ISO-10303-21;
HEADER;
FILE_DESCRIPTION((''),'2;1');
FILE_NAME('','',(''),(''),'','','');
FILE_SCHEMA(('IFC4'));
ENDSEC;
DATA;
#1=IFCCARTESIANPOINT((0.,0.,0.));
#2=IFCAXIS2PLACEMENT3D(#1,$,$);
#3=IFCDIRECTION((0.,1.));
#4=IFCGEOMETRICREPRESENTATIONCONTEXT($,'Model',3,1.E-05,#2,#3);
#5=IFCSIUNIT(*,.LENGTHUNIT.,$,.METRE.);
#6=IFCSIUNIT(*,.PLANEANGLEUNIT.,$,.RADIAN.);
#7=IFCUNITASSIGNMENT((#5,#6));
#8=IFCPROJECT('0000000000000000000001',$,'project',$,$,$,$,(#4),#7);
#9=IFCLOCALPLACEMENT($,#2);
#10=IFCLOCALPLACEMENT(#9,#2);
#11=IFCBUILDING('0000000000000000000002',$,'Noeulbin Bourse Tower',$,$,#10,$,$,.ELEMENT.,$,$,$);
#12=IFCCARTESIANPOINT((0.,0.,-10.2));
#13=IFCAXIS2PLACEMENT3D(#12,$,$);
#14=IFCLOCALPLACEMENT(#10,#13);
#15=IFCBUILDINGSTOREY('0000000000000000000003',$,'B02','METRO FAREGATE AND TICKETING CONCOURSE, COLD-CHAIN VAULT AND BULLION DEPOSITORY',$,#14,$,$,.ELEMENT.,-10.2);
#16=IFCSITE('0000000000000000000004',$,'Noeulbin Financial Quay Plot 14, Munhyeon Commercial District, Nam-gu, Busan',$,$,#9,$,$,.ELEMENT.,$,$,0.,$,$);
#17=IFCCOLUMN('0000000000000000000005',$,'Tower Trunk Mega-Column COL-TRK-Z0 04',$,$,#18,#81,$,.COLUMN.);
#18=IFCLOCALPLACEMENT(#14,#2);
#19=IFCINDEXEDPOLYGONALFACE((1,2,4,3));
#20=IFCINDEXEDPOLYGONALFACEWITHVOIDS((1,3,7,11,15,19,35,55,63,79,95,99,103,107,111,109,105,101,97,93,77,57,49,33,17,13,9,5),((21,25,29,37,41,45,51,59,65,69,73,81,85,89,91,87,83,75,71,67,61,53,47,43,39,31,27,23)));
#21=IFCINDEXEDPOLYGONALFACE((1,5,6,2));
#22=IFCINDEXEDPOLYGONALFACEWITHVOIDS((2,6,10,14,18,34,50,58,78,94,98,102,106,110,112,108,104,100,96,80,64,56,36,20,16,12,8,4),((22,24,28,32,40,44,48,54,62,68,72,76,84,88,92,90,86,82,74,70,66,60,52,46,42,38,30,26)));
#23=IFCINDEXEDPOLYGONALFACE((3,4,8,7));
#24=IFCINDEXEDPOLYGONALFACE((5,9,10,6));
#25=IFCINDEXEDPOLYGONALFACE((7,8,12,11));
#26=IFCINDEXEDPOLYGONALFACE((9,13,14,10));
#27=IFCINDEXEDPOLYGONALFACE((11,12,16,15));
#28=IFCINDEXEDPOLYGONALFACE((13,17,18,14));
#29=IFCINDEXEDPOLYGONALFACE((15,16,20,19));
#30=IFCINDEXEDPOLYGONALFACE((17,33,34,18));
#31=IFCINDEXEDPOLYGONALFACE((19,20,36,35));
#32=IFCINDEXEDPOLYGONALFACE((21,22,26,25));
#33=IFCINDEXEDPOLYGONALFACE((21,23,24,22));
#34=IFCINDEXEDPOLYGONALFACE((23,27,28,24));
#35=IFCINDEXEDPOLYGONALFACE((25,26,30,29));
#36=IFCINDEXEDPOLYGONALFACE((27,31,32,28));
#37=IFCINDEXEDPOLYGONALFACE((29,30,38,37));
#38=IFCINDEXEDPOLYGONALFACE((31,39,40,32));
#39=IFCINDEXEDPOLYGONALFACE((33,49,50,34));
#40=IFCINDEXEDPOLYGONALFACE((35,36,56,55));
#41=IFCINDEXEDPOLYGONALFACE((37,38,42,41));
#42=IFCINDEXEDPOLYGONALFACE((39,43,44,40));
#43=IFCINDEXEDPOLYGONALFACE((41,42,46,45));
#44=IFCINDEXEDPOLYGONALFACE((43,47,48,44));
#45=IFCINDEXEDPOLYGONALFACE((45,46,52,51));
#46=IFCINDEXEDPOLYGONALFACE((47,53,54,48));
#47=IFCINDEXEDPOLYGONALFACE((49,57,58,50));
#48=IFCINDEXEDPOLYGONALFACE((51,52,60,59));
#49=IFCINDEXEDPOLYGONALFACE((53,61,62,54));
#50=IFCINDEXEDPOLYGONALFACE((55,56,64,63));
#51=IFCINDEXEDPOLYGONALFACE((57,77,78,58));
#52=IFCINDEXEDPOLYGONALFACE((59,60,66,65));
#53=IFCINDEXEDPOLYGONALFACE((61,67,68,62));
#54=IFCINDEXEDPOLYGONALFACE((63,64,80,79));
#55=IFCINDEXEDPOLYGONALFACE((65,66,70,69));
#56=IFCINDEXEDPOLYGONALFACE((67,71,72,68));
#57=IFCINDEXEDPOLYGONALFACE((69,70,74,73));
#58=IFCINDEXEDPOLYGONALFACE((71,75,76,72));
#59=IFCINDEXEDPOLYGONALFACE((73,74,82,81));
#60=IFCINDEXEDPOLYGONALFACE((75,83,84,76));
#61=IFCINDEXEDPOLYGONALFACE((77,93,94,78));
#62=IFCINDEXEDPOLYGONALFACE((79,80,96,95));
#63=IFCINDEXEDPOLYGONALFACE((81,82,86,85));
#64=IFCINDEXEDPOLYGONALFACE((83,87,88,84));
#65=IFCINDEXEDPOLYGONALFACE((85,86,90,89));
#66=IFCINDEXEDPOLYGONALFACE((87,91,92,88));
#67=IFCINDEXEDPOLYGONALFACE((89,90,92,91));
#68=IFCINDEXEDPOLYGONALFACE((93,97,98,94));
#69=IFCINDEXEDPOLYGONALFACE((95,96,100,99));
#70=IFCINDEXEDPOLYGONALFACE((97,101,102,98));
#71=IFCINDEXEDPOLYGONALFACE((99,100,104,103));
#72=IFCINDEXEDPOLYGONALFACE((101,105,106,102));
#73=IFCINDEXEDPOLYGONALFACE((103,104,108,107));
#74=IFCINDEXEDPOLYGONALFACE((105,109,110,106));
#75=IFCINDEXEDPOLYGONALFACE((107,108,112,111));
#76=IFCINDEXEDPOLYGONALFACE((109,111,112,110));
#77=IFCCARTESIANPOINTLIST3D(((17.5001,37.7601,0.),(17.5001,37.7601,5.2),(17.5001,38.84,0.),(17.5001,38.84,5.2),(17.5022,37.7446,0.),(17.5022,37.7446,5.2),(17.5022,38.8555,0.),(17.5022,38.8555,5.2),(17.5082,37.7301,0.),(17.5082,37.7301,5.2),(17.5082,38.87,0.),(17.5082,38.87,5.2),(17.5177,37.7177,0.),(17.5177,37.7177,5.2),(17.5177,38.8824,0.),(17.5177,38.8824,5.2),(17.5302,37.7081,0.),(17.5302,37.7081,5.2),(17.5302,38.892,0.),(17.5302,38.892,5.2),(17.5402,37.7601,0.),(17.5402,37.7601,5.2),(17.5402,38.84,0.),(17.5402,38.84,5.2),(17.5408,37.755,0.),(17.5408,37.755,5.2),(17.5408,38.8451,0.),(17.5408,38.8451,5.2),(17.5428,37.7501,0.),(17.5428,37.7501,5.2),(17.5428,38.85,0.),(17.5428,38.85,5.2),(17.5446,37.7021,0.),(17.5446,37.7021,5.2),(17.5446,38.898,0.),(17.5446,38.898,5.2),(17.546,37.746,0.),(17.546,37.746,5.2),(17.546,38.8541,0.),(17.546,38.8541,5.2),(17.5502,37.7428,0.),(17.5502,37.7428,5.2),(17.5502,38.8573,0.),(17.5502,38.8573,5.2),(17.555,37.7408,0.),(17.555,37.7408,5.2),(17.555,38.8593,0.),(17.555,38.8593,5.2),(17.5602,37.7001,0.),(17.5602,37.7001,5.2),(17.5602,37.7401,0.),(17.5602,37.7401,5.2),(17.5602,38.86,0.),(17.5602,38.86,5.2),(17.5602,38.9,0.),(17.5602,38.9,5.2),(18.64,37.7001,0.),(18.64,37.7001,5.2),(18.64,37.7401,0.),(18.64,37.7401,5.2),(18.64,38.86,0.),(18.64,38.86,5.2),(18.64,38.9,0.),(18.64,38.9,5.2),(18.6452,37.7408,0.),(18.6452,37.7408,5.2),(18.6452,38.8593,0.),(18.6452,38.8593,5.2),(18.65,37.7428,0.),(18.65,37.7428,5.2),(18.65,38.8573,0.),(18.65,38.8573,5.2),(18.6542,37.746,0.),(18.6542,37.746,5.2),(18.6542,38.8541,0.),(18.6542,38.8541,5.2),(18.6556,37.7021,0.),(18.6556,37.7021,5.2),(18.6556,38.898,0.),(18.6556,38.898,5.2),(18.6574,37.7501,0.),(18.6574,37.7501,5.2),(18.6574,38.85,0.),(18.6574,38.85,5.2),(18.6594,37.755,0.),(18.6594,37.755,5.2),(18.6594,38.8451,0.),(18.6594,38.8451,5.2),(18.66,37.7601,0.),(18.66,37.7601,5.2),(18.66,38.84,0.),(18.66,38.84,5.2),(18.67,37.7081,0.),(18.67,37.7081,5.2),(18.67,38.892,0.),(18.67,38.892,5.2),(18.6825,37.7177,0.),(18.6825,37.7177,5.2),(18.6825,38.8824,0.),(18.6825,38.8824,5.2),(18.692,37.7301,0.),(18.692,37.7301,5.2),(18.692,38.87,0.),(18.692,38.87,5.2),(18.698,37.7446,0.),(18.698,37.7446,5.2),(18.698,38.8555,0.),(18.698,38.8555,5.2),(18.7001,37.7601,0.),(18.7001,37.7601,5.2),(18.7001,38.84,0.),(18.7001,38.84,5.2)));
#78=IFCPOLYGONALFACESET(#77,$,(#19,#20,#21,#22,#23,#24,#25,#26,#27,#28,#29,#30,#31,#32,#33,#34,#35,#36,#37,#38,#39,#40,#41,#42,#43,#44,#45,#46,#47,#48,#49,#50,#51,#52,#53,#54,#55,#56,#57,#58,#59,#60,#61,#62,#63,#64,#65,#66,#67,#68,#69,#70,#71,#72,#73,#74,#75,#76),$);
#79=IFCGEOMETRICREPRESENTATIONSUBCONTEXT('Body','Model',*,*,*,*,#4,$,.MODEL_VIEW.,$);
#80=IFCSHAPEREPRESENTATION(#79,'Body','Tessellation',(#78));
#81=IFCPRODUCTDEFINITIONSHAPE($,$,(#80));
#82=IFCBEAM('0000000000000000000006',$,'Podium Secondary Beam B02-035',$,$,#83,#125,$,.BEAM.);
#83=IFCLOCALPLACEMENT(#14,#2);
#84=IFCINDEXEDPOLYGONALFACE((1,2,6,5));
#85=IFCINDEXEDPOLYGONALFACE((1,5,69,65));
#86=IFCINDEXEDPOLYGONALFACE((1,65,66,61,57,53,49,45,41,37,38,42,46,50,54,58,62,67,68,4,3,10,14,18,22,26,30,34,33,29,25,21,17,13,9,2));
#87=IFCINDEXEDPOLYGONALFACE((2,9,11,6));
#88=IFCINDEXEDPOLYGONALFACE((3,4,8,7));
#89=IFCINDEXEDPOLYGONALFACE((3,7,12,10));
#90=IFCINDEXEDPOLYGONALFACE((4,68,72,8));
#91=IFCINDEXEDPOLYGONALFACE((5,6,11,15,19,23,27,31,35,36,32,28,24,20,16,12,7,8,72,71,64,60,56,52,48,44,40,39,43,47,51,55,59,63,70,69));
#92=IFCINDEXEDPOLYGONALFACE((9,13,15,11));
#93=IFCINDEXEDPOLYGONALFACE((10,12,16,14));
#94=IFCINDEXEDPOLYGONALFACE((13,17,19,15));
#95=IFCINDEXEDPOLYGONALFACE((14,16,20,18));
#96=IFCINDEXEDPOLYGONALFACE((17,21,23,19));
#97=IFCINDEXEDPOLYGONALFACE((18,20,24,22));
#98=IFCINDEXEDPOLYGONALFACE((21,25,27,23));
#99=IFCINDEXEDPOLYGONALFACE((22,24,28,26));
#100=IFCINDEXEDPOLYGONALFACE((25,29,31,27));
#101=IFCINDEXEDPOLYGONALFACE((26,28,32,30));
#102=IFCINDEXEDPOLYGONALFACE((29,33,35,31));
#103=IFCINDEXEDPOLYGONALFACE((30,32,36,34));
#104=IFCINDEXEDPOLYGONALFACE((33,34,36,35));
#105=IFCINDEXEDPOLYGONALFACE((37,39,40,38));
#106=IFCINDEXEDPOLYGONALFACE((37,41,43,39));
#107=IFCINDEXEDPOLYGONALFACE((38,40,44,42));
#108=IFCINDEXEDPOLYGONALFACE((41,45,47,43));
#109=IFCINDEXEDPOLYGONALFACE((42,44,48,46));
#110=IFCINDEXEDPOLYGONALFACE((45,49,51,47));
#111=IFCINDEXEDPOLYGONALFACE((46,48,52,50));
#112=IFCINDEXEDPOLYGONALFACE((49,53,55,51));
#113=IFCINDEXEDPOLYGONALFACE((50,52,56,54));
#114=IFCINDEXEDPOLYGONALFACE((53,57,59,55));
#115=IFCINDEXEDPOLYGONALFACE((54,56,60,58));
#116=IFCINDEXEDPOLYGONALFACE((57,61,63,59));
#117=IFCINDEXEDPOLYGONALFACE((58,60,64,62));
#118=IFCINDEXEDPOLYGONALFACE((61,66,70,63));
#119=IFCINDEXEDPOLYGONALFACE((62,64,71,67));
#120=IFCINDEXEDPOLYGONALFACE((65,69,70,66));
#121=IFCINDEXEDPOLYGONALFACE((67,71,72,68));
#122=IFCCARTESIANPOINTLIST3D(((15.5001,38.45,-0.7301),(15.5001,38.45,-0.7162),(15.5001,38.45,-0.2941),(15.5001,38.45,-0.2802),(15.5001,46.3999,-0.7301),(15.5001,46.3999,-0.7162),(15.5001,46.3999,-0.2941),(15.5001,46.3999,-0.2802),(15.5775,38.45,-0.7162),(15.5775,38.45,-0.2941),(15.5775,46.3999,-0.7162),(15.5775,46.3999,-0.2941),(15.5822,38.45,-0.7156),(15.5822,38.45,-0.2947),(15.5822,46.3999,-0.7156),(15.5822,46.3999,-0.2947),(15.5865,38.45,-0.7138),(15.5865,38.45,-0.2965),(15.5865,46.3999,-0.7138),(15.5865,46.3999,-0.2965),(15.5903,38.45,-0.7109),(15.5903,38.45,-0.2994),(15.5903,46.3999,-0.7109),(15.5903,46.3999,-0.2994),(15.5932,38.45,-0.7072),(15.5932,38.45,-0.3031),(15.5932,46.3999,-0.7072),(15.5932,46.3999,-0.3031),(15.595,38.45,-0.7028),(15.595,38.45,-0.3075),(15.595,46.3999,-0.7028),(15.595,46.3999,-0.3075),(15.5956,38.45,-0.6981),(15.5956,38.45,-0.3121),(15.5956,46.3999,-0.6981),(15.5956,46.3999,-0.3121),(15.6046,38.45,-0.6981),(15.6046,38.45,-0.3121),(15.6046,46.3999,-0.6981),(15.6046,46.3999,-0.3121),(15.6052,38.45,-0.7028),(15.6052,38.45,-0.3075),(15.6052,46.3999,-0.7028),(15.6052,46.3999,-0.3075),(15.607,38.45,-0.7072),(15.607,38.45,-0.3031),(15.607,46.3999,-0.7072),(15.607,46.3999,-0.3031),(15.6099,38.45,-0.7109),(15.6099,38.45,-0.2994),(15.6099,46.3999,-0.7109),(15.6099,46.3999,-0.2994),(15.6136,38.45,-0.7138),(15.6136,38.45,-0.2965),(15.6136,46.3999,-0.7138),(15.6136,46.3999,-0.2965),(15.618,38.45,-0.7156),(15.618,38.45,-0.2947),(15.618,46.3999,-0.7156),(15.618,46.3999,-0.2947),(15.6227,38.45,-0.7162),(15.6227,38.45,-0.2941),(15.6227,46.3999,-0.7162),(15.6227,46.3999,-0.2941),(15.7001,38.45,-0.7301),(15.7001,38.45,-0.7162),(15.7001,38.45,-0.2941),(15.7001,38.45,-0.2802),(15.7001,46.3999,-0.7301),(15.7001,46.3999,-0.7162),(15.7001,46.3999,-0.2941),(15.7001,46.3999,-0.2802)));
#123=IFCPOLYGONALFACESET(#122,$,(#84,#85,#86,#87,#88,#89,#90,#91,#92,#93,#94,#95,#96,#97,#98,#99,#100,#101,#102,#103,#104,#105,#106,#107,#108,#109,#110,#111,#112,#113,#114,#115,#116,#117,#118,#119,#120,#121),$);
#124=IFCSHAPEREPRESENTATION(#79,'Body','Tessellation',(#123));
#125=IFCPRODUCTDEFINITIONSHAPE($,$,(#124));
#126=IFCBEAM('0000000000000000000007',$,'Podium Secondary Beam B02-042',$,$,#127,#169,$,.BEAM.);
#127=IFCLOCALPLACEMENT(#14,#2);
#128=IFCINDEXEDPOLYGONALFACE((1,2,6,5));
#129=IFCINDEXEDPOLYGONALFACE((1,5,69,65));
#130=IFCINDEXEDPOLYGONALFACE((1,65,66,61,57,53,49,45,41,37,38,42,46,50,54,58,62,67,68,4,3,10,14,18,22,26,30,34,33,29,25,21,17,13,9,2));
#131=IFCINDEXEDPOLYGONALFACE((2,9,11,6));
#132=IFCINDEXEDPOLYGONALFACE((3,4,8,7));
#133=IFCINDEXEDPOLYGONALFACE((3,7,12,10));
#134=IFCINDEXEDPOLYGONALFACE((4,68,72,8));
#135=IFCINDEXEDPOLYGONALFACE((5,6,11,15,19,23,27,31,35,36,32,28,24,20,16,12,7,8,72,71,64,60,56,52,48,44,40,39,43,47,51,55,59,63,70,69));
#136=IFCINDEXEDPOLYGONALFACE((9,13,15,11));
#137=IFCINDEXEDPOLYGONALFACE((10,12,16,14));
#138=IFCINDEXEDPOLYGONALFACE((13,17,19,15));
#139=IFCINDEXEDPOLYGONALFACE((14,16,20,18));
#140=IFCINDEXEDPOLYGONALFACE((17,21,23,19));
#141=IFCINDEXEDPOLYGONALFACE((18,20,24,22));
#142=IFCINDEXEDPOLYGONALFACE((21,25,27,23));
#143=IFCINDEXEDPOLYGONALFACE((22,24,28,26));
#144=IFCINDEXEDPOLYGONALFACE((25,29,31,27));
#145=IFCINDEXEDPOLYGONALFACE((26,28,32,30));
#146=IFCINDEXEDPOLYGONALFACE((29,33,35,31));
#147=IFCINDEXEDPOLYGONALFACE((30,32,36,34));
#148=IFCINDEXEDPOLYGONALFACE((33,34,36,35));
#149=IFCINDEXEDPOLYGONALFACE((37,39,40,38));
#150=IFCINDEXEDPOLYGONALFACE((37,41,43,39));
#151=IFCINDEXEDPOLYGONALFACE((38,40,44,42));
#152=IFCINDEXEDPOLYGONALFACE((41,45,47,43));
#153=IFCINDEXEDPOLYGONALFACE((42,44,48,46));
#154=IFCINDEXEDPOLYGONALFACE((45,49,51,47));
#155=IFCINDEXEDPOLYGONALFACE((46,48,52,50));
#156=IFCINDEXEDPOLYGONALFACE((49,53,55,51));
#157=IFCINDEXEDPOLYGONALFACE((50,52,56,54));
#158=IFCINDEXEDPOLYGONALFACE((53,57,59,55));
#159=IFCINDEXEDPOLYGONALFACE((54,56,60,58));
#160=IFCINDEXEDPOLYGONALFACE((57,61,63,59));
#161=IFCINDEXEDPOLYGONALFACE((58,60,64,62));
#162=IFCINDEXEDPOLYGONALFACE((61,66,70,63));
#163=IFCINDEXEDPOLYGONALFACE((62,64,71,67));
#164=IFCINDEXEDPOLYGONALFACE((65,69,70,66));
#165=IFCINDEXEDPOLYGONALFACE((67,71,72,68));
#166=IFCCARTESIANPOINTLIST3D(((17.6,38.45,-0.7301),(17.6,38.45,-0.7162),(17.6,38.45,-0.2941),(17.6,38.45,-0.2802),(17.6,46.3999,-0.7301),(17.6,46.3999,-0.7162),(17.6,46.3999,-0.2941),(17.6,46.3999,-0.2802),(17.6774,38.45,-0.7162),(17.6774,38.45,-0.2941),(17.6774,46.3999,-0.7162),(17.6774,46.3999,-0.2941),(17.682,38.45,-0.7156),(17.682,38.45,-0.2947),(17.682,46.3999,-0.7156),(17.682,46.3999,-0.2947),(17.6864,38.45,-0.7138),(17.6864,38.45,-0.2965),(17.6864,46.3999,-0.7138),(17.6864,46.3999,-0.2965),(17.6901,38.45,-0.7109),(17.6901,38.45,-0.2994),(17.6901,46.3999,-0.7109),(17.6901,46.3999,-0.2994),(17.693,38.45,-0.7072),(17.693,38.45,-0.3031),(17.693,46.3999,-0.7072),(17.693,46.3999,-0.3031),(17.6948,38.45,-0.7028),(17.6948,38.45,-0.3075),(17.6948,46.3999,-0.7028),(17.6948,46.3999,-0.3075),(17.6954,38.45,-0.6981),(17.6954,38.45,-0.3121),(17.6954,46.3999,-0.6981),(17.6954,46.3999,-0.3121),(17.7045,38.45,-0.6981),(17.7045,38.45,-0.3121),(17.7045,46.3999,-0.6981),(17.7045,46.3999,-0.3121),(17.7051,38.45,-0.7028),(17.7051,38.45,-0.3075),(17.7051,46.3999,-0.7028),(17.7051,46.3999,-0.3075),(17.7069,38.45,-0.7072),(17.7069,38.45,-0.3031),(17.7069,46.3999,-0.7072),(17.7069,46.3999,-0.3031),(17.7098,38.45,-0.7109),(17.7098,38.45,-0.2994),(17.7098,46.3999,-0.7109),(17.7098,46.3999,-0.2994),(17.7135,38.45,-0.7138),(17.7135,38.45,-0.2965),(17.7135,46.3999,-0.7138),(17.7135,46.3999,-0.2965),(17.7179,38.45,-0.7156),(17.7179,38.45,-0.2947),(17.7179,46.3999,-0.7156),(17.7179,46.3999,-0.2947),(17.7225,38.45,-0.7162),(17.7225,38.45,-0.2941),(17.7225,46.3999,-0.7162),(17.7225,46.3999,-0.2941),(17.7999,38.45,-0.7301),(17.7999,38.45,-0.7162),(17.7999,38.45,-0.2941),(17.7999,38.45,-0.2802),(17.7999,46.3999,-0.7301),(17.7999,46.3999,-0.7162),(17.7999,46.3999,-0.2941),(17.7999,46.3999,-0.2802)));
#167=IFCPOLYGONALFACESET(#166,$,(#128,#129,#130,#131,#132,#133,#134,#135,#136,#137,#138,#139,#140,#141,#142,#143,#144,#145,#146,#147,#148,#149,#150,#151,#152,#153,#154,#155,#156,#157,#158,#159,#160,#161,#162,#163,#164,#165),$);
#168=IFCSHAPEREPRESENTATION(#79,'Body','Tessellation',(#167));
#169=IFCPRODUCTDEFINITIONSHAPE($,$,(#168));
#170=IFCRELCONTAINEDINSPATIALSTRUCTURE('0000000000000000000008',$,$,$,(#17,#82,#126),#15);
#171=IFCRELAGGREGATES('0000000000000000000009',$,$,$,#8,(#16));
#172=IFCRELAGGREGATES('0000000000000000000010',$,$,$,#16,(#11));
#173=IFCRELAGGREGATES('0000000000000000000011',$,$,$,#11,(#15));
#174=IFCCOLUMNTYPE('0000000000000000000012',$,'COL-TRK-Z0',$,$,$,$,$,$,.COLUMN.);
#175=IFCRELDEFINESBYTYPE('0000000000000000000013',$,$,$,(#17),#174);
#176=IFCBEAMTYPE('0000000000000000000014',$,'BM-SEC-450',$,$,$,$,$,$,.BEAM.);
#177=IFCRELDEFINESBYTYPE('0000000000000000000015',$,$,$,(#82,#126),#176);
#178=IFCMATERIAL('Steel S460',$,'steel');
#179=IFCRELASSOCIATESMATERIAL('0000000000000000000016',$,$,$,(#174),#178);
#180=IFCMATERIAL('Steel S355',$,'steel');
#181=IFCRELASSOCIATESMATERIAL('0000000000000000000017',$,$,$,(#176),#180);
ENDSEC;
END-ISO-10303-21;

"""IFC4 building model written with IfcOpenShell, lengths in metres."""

from ifc_helpers import new_model, si_unit, direction, frame, origin, origin_2d, place, context, subcontext, project, spatial, hollow_rectangle, i_section, extrude, material, material_profile, profile_set, type_object, element, save


model = new_model("IFC4")

# Units and contexts
model_context = context("Model", 3, precision=1e-05, world=origin(), true_north=direction((0.0, 1.0)))
body_context = subcontext(model_context, "Body", "Model", "MODEL_VIEW")
ifc_project = project(units=[si_unit("LENGTHUNIT", "METRE"), si_unit("PLANEANGLEUNIT", "RADIAN")], contexts=[model_context])

# Site, building, storey
site_placement = place(None, origin())
site = spatial("IfcSite", under=ifc_project, at=site_placement, Name="Noeulbin Financial Quay Plot 14, Munhyeon Commercial District, Nam-gu, Busan", CompositionType="ELEMENT", RefElevation=0.0)
building_placement = place(site_placement, origin())
building = spatial("IfcBuilding", under=site, at=building_placement, Name="Noeulbin Bourse Tower", CompositionType="ELEMENT")
storey_placement = place(building_placement, frame((0.0, 0.0, -10.2)))
storey = spatial("IfcBuildingStorey", under=building, at=storey_placement, Name="B02", Description="METRO FAREGATE AND TICKETING CONCOURSE, COLD-CHAIN VAULT AND BULLION DEPOSITORY", CompositionType="ELEMENT", Elevation=-10.2)

# Column
ifc_material_1 = material(Name="Steel S460", Category="steel")
ifc_material_profile_1 = material_profile(ifc_material_1, hollow_rectangle(XDim=1.2, YDim=1.2, WallThickness=0.04, InnerFilletRadius=0.02, OuterFilletRadius=0.0601, at=origin_2d()), Name="BOX-1200x1200x40", Category="LoadBearing")
ifc_profile_set_1 = profile_set([ifc_material_profile_1], Name="Steel S460")
column_type = type_object("IfcColumnType", Name="COL-TRK-Z0", PredefinedType="COLUMN", material=ifc_profile_set_1)
column_placement = place(storey_placement, frame((18.1001, 38.3, 0.0), z_axis=(0.0, 0.0, 1.0), x_axis=(1.0, 0.0, 0.0)))
element("IfcColumn", 1, at=column_placement, inside=storey, type_object=column_type, Name="Tower Trunk Mega-Column COL-TRK-Z0 04", PredefinedType="COLUMN", context=body_context, shape_type="SweptSolid", body=[
    extrude(hollow_rectangle(XDim=1.2, YDim=1.2, WallThickness=0.04, InnerFilletRadius=0.02, OuterFilletRadius=0.0601, at=origin_2d()), origin(), (0.0, 0.0, 1.0), 5.2),
])

# Beams
ifc_material_2 = material(Name="Steel S355", Category="steel")
ifc_material_profile_2 = material_profile(ifc_material_2, i_section(OverallWidth=0.2, OverallDepth=0.45, WebThickness=0.009, FlangeThickness=0.0139, FilletRadius=0.0181, at=origin_2d()), Name="H-450x200x9x14", Category="LoadBearing")
ifc_profile_set_2 = profile_set([ifc_material_profile_2], Name="Steel S355")
beam_type = type_object("IfcBeamType", Name="BM-SEC-450", PredefinedType="BEAM", material=ifc_profile_set_2)
for number, where, z_axis, x_axis, name in (
    (2, (15.6001, 38.45, -0.5051), (0.0, 1.0, 0.0), (-1.0, 0.0, 0.0), "Podium Secondary Beam B02-035"),
    (3, (17.7, 38.45, -0.5051), (0.0, 1.0, 0.0), (-1.0, 0.0, 0.0), "Podium Secondary Beam B02-042"),
):
    element("IfcBeam", number, at=place(storey_placement, frame(where, z_axis=z_axis, x_axis=x_axis)), inside=storey, type_object=beam_type, Name=name, PredefinedType="BEAM", context=body_context, shape_type="SweptSolid", body=[
        extrude(i_section(OverallWidth=0.2, OverallDepth=0.45, WebThickness=0.009, FlangeThickness=0.0139, FilletRadius=0.0181, at=origin_2d()), origin(), (0.0, 0.0, 1.0), 7.95),
    ])

save(model, "model.ifc")
